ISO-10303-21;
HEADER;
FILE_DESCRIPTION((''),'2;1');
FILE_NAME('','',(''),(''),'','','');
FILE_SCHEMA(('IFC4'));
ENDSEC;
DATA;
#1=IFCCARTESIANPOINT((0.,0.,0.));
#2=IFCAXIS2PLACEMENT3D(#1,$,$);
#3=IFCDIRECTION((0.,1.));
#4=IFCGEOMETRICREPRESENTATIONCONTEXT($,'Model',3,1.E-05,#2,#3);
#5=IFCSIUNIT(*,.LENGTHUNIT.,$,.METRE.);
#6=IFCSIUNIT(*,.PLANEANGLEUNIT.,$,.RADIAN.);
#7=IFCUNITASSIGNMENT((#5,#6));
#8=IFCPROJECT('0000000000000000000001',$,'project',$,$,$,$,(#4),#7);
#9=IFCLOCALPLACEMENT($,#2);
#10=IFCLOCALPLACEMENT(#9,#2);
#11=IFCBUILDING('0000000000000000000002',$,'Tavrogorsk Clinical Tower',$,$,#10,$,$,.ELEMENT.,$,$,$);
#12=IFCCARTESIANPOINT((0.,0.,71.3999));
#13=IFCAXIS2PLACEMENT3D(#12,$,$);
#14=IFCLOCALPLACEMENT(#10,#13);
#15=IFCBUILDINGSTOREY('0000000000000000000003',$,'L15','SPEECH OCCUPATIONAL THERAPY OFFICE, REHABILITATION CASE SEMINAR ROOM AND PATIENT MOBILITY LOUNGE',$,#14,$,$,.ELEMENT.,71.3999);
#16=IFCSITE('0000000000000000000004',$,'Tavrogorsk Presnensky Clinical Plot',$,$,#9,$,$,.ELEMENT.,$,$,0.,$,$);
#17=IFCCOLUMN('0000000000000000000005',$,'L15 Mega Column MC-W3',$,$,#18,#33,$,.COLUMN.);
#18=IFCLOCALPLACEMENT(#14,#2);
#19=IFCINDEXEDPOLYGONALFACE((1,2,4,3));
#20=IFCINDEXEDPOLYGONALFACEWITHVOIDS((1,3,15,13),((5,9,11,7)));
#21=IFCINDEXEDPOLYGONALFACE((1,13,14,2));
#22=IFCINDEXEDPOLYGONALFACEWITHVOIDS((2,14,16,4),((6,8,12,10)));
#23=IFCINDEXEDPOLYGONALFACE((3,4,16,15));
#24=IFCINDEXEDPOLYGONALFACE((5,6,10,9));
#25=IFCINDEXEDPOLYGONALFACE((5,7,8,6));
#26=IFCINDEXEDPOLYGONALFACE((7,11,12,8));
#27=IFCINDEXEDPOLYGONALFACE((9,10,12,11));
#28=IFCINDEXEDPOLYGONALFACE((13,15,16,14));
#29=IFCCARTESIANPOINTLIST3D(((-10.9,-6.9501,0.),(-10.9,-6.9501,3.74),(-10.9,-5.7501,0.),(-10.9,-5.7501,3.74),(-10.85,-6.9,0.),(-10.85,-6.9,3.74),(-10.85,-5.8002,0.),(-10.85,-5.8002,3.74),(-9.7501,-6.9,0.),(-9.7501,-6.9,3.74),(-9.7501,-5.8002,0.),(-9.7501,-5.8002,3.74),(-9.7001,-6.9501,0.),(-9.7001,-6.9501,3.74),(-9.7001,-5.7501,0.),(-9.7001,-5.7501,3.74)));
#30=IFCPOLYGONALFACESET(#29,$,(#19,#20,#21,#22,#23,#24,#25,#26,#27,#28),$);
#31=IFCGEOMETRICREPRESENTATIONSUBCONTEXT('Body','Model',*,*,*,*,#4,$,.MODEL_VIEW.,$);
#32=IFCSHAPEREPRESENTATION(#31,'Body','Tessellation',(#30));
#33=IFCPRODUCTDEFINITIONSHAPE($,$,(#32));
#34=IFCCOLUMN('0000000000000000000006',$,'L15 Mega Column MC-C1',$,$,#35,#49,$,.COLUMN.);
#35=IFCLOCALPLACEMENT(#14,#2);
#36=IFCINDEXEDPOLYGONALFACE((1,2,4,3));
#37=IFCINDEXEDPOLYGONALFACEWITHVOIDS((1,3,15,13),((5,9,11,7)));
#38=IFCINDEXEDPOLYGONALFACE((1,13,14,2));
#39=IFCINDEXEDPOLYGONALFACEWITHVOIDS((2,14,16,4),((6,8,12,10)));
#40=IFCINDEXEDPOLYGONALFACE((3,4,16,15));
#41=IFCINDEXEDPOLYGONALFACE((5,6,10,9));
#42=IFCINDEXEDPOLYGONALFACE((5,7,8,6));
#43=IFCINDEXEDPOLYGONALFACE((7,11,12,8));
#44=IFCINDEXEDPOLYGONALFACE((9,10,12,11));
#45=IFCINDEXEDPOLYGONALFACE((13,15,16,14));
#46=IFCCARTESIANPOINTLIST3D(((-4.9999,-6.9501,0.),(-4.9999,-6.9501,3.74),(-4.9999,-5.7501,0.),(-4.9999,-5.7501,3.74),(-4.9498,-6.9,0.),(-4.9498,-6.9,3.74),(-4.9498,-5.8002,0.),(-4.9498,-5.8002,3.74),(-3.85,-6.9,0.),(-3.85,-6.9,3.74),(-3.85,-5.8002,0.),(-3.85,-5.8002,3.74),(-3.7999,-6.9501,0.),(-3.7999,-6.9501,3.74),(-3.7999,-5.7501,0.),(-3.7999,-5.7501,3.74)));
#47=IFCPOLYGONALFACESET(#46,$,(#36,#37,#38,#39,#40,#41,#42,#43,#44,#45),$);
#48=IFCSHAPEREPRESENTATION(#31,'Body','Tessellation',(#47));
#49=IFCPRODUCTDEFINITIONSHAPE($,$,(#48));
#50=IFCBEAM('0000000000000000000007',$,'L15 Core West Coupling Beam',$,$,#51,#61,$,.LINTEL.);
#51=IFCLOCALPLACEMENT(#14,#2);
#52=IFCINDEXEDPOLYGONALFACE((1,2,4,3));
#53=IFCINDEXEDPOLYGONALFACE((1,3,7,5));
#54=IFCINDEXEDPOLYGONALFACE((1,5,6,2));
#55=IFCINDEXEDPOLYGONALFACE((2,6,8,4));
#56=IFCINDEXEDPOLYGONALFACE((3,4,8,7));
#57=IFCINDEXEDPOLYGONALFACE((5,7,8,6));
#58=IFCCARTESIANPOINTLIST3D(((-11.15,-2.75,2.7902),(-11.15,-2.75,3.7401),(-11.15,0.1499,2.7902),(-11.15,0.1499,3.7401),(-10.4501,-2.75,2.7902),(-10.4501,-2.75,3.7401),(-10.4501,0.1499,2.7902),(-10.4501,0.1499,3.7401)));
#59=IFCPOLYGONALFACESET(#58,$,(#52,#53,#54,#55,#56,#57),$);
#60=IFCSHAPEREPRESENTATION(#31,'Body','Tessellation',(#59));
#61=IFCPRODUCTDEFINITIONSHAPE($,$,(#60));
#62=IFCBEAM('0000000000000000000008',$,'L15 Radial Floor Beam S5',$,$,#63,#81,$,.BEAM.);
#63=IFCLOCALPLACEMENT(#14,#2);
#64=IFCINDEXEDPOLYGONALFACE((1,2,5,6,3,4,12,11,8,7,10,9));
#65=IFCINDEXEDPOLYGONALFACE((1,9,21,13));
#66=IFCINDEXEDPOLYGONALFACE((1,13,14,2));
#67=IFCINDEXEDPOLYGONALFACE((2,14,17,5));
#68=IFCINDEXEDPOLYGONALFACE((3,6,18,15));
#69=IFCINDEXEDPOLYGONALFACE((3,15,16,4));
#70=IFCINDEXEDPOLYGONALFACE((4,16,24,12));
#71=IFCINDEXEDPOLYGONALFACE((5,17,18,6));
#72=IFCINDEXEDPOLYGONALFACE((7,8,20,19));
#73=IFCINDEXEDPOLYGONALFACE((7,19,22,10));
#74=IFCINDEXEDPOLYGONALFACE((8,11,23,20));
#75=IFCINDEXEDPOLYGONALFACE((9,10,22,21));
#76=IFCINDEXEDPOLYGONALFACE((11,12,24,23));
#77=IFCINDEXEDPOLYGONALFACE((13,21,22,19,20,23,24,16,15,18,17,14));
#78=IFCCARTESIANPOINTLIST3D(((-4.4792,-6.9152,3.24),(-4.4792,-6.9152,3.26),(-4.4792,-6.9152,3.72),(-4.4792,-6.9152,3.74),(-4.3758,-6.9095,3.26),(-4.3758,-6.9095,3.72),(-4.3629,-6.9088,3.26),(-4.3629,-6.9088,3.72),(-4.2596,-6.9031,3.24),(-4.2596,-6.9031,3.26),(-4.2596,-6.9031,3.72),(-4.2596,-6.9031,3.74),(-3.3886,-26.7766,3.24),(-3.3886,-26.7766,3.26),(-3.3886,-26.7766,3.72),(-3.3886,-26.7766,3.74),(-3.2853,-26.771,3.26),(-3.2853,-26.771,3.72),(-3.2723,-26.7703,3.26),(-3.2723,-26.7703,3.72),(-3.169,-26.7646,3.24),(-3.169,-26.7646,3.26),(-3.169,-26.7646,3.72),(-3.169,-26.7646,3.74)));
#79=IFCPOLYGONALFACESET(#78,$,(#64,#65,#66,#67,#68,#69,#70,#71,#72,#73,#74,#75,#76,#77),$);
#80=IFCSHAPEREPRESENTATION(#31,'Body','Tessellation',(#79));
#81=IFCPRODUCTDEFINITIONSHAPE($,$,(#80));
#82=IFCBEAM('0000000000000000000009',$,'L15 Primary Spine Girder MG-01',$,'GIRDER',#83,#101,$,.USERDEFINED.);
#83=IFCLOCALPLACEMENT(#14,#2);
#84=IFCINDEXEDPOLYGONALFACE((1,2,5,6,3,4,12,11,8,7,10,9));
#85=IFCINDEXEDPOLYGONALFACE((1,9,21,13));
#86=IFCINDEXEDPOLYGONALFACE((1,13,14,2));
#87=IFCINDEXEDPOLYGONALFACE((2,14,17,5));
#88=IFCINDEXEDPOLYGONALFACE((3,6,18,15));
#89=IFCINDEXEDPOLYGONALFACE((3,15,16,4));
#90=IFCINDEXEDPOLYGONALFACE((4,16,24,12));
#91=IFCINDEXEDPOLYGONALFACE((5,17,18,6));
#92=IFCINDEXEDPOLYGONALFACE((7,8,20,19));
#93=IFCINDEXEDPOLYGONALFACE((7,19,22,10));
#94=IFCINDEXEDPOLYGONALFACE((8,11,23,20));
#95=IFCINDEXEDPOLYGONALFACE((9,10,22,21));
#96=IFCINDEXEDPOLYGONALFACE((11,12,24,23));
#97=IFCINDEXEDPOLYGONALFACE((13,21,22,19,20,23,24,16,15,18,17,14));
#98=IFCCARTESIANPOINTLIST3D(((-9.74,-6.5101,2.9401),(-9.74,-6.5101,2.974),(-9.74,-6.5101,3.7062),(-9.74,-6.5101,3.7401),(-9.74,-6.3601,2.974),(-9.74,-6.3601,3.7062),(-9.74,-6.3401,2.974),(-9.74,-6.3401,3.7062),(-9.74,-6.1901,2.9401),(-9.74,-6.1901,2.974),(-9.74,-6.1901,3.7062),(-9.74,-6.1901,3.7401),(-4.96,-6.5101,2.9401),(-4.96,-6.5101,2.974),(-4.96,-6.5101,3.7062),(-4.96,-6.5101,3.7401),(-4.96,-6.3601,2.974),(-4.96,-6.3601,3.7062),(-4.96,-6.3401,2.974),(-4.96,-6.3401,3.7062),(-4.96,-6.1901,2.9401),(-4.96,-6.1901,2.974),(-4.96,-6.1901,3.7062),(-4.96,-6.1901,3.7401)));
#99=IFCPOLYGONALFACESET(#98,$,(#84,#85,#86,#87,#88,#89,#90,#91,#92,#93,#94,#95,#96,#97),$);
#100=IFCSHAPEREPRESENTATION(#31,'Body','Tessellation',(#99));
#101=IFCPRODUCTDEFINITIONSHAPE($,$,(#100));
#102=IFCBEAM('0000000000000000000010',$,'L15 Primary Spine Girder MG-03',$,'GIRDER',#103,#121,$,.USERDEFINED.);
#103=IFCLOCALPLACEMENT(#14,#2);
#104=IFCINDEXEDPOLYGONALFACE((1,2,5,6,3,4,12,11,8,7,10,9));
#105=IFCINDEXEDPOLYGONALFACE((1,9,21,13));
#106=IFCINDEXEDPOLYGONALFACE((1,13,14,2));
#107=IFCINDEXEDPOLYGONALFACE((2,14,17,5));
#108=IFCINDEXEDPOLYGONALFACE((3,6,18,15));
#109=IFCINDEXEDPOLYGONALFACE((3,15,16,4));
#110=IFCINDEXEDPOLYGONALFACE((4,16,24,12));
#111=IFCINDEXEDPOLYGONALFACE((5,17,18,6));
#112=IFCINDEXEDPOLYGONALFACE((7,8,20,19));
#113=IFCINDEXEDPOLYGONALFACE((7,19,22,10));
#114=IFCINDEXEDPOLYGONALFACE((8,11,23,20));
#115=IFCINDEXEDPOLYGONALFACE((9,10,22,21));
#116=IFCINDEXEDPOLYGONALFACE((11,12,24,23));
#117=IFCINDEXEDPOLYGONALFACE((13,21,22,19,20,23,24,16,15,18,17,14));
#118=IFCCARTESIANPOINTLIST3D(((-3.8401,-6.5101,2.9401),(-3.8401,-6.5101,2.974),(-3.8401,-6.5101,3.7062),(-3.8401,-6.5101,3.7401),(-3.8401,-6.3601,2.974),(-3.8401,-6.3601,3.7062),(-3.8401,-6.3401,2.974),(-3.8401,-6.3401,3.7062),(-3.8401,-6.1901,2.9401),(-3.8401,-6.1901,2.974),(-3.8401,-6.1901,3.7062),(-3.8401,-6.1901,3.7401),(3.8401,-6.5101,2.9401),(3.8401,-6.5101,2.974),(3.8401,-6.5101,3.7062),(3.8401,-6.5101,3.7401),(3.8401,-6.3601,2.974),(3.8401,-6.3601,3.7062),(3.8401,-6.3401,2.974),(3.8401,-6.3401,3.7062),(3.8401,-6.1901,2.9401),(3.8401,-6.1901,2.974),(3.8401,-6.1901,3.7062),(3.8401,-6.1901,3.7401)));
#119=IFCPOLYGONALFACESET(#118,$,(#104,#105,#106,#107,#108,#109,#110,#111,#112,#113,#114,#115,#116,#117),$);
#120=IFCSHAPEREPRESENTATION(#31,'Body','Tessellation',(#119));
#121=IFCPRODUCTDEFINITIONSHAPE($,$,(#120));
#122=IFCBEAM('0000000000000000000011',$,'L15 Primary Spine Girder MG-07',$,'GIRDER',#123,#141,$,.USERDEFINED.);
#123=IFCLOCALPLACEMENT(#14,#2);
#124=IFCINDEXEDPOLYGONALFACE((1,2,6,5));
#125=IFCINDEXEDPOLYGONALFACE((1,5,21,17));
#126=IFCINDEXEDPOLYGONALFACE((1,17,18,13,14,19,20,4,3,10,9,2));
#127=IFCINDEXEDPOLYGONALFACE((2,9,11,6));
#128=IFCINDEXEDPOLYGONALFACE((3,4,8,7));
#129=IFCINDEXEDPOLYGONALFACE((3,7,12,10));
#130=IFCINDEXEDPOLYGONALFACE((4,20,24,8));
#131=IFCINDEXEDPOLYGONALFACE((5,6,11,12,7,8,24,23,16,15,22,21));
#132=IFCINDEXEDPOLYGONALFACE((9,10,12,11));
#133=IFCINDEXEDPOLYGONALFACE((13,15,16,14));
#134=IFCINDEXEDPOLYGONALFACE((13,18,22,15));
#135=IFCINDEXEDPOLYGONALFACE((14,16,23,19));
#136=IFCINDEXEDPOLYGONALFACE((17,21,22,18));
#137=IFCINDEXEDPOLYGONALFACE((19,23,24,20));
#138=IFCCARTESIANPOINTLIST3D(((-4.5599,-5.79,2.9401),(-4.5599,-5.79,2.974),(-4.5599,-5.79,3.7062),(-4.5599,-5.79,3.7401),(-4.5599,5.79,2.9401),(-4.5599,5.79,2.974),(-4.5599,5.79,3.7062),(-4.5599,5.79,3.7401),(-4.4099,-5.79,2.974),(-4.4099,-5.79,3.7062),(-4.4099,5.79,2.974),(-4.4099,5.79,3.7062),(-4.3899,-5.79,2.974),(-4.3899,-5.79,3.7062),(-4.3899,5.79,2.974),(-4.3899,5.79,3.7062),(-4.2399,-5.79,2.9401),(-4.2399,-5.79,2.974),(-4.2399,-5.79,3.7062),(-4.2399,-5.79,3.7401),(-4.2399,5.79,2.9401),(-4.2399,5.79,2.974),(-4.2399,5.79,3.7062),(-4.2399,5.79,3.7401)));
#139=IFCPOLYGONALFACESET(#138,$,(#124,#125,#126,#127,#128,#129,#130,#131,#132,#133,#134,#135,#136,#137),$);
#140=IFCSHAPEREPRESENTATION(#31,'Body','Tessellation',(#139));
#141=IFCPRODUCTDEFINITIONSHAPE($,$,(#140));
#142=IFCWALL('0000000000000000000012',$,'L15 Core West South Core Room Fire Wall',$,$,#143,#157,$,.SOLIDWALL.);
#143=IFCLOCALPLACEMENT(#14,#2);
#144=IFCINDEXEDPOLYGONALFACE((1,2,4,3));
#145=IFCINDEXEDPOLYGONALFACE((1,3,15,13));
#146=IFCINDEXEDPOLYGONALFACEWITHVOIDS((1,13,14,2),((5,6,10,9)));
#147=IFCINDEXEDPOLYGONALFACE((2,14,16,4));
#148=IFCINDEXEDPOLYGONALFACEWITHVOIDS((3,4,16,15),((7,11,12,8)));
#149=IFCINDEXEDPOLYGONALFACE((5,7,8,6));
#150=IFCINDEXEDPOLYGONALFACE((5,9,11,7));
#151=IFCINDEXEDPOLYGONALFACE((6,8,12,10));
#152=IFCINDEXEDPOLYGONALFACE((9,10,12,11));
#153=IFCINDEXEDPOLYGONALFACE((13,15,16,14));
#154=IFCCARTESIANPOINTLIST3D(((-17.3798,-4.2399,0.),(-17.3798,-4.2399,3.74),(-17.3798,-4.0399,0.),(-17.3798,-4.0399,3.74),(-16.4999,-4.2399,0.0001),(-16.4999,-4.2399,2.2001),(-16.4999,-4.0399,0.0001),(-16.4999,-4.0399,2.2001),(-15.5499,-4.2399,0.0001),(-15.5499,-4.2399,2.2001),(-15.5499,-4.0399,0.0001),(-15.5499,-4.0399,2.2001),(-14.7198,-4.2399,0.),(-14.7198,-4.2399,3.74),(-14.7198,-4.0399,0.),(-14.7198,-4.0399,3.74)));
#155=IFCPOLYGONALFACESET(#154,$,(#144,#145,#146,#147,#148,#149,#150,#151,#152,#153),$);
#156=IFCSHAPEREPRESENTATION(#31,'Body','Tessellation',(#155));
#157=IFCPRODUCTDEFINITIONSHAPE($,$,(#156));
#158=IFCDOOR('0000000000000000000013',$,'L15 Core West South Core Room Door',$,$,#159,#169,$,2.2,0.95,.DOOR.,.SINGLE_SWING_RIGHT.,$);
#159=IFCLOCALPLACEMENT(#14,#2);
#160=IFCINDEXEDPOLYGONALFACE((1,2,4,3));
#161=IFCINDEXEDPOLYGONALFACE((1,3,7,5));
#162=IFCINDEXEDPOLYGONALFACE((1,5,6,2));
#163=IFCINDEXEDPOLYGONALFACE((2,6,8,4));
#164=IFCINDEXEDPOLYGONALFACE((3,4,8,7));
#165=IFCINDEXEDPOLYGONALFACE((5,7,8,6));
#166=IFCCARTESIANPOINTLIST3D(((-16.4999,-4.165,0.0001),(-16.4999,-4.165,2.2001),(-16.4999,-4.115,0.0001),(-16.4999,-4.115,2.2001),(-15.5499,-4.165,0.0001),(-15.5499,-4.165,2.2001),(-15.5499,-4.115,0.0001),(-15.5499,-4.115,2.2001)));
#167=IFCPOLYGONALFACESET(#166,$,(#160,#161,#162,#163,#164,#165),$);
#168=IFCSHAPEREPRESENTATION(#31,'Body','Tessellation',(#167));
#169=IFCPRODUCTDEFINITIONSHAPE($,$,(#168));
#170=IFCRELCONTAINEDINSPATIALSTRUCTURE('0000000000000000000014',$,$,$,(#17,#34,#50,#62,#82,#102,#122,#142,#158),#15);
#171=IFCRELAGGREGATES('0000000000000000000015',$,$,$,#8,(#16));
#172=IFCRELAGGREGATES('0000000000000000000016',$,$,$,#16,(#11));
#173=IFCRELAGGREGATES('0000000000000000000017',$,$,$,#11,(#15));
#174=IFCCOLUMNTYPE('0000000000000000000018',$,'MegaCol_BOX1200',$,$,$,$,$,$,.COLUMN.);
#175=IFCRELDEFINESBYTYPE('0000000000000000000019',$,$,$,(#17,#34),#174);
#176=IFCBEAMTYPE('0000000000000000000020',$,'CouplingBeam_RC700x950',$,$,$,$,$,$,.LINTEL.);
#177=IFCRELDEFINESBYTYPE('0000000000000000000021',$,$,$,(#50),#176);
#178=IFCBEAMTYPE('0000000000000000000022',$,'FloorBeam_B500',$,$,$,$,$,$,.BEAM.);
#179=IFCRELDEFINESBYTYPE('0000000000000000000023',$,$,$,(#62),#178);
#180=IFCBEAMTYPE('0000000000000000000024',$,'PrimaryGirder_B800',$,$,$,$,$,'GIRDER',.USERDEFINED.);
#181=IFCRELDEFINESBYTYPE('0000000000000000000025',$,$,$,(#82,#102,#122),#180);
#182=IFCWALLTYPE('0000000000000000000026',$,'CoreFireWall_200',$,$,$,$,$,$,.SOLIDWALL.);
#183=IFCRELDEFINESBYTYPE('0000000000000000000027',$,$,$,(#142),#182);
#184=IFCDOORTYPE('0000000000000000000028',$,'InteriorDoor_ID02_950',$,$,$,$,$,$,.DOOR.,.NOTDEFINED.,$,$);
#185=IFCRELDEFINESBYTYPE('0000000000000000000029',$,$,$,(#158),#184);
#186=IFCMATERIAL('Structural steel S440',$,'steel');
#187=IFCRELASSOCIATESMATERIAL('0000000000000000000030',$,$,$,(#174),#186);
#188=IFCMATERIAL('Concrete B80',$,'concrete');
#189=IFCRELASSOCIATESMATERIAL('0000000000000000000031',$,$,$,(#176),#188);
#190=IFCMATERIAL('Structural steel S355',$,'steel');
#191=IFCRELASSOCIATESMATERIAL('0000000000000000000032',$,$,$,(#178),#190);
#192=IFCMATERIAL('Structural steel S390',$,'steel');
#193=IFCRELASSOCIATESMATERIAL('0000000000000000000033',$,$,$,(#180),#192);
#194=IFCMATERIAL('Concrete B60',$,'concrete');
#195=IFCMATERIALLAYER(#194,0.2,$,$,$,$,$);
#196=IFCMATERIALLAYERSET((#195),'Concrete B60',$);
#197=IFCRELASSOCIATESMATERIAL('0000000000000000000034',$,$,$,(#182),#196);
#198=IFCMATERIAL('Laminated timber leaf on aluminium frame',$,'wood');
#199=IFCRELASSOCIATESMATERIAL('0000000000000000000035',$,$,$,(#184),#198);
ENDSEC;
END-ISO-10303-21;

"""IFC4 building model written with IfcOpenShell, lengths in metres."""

from ifc_helpers import new_model, si_unit, direction, frame, frame_2d, origin, origin_2d, place, context, subcontext, project, spatial, rectangle, hollow_rectangle, i_section, extrude, material, layer, layer_set, material_profile, profile_set, type_object, element, fill, save


model = new_model("IFC4")

# Units and contexts
model_context = context("Model", 3, precision=1e-05, world=origin(), true_north=direction((0.0, 1.0)))
body_context = subcontext(model_context, "Body", "Model", "MODEL_VIEW")
ifc_project = project(units=[si_unit("LENGTHUNIT", "METRE"), si_unit("PLANEANGLEUNIT", "RADIAN")], contexts=[model_context])

# Site, building, storey
site_placement = place(None, origin())
site = spatial("IfcSite", under=ifc_project, at=site_placement, Name="Tavrogorsk Presnensky Clinical Plot", CompositionType="ELEMENT", RefElevation=0.0)
building_placement = place(site_placement, origin())
building = spatial("IfcBuilding", under=site, at=building_placement, Name="Tavrogorsk Clinical Tower", CompositionType="ELEMENT")
storey_placement = place(building_placement, frame((0.0, 0.0, 71.3999)))
storey = spatial("IfcBuildingStorey", under=building, at=storey_placement, Name="L15", Description="SPEECH OCCUPATIONAL THERAPY OFFICE, REHABILITATION CASE SEMINAR ROOM AND PATIENT MOBILITY LOUNGE", CompositionType="ELEMENT", Elevation=71.3999)

# Columns
ifc_material_1 = material(Name="Structural steel S440", Category="steel")
ifc_material_profile_1 = material_profile(ifc_material_1, hollow_rectangle(XDim=1.2, YDim=1.2, WallThickness=0.05, at=origin_2d()), Name="BOX-1200x1200x50")
ifc_profile_set_1 = profile_set([ifc_material_profile_1], Name="Structural steel S440")
column_type = type_object("IfcColumnType", Name="MegaCol_BOX1200", PredefinedType="COLUMN", material=ifc_profile_set_1)
for number, where, z_axis, x_axis, name in (
    (1, (-10.3, -6.3501, 0.0), (0.0, 0.0, 1.0), (1.0, 0.0, 0.0), "L15 Mega Column MC-W3"),
    (2, (-4.3999, -6.3501, 0.0), (0.0, 0.0, 1.0), (1.0, 0.0, 0.0), "L15 Mega Column MC-C1"),
):
    element("IfcColumn", number, at=place(storey_placement, frame(where, z_axis=z_axis, x_axis=x_axis)), inside=storey, type_object=column_type, Name=name, PredefinedType="COLUMN", context=body_context, shape_type="SweptSolid", body=[
        extrude(hollow_rectangle(XDim=1.2, YDim=1.2, WallThickness=0.05, at=origin_2d()), origin(), (0.0, 0.0, 1.0), 3.74),
    ])

# Beams
ifc_material_2 = material(Name="Concrete B80", Category="concrete")
ifc_material_profile_2 = material_profile(ifc_material_2, rectangle(XDim=0.7, YDim=0.95, at=origin_2d()), Name="RC-CB-700x950")
ifc_profile_set_2 = profile_set([ifc_material_profile_2], Name="Concrete B80")
beam_type_1 = type_object("IfcBeamType", Name="CouplingBeam_RC700x950", PredefinedType="LINTEL", material=ifc_profile_set_2)
beam_1_placement = place(storey_placement, frame((-10.8, -2.75, 3.2651), z_axis=(0.0, 1.0, 0.0), x_axis=(-1.0, 0.0, 0.0)))
element("IfcBeam", 3, at=beam_1_placement, inside=storey, type_object=beam_type_1, Name="L15 Core West Coupling Beam", PredefinedType="LINTEL", context=body_context, shape_type="SweptSolid", body=[
    extrude(rectangle(XDim=0.7, YDim=0.95, at=origin_2d()), origin(), (0.0, 0.0, 1.0), 2.8999),
])
ifc_material_3 = material(Name="Structural steel S355", Category="steel")
ifc_material_profile_3 = material_profile(ifc_material_3, i_section(OverallWidth=0.22, OverallDepth=0.5, WebThickness=0.0129, FlangeThickness=0.02, at=origin_2d()), Name="B-500x220x13x20")
ifc_profile_set_3 = profile_set([ifc_material_profile_3], Name="Structural steel S355")
beam_type_2 = type_object("IfcBeamType", Name="FloorBeam_B500", PredefinedType="BEAM", material=ifc_profile_set_3)
beam_2_placement = place(storey_placement, frame((-4.3694, -6.9092, 3.49), z_axis=(0.054827, -0.998496, 0.0), x_axis=(0.998496, 0.054827, 0.0)))
element("IfcBeam", 4, at=beam_2_placement, inside=storey, type_object=beam_type_2, Name="L15 Radial Floor Beam S5", PredefinedType="BEAM", context=body_context, shape_type="SweptSolid", body=[
    extrude(i_section(OverallWidth=0.22, OverallDepth=0.5, WebThickness=0.0129, FlangeThickness=0.02, at=origin_2d()), origin(), (0.0, 0.0, 1.0), 19.8914),
])
ifc_material_4 = material(Name="Structural steel S390", Category="steel")
ifc_material_profile_4 = material_profile(ifc_material_4, i_section(OverallWidth=0.3201, OverallDepth=0.8, WebThickness=0.02, FlangeThickness=0.0339, at=origin_2d()), Name="B-800x320x20x34")
ifc_profile_set_4 = profile_set([ifc_material_profile_4], Name="Structural steel S390")
beam_type_3 = type_object("IfcBeamType", Name="PrimaryGirder_B800", ElementType="GIRDER", PredefinedType="USERDEFINED", material=ifc_profile_set_4)
beam_3_placement = place(storey_placement, frame((-9.74, -6.3501, 3.3401), z_axis=(1.0, 0.0, 0.0), x_axis=(0.0, 1.0, 0.0)))
element("IfcBeam", 5, at=beam_3_placement, inside=storey, type_object=beam_type_3, Name="L15 Primary Spine Girder MG-01", ObjectType="GIRDER", PredefinedType="USERDEFINED", context=body_context, shape_type="SweptSolid", body=[
    extrude(i_section(OverallWidth=0.3201, OverallDepth=0.8, WebThickness=0.02, FlangeThickness=0.0339, at=origin_2d()), origin(), (0.0, 0.0, 1.0), 4.78),
])
beam_4_placement = place(storey_placement, frame((-3.8401, -6.3501, 3.3401), z_axis=(1.0, 0.0, 0.0), x_axis=(0.0, 1.0, 0.0)))
element("IfcBeam", 6, at=beam_4_placement, inside=storey, type_object=beam_type_3, Name="L15 Primary Spine Girder MG-03", ObjectType="GIRDER", PredefinedType="USERDEFINED", context=body_context, shape_type="SweptSolid", body=[
    extrude(i_section(OverallWidth=0.3201, OverallDepth=0.8, WebThickness=0.02, FlangeThickness=0.0339, at=origin_2d()), origin(), (0.0, 0.0, 1.0), 7.6802),
])
beam_5_placement = place(storey_placement, frame((-4.3999, -5.79, 3.3401), z_axis=(0.0, 1.0, 0.0), x_axis=(-1.0, 0.0, 0.0)))
element("IfcBeam", 7, at=beam_5_placement, inside=storey, type_object=beam_type_3, Name="L15 Primary Spine Girder MG-07", ObjectType="GIRDER", PredefinedType="USERDEFINED", context=body_context, shape_type="SweptSolid", body=[
    extrude(i_section(OverallWidth=0.3201, OverallDepth=0.8, WebThickness=0.02, FlangeThickness=0.0339, at=origin_2d()), origin(), (0.0, 0.0, 1.0), 11.5801),
])

# Wall, opening, door
ifc_material_5 = material(Name="Concrete B60", Category="concrete")
ifc_layer_1 = layer(ifc_material_5, 0.2)
ifc_layer_set_1 = layer_set([ifc_layer_1], Name="Concrete B60")
wall_type_1 = type_object("IfcWallType", Name="CoreFireWall_200", PredefinedType="SOLIDWALL", material=ifc_layer_set_1)
wall_1_placement = place(storey_placement, frame((-17.3799, -4.1399, 0.0), z_axis=(0.0, 0.0, 1.0), x_axis=(1.0, 0.0, 0.0)))
wall_1 = element("IfcWall", 8, at=wall_1_placement, inside=storey, type_object=wall_type_1, Name="L15 Core West South Core Room Fire Wall", PredefinedType="SOLIDWALL", context=body_context, shape_type="SweptSolid", body=[
    extrude(rectangle(XDim=2.6599, YDim=0.2, at=frame_2d((1.3301, 0.0))), origin(), (0.0, 0.0, 1.0), 3.74),
])
opening_1_placement = place(wall_1_placement, frame((0.8799, 0.0, 0.0)))
opening_1 = element("IfcOpeningElement", 9, at=opening_1_placement, cuts=wall_1, PredefinedType="OPENING", context=body_context, shape_type="SweptSolid", body=[
    extrude(rectangle(XDim=0.95, YDim=2.2, at=frame_2d((0.4751, 1.1001))), frame((0.0, 0.1099, 0.0), z_axis=(0.0, -1.0, 0.0), x_axis=(1.0, 0.0, 0.0)), (0.0, 0.0, 1.0), 0.22),
])
ifc_material_6 = material(Name="Laminated timber leaf on aluminium frame", Category="wood")
door_type_1 = type_object("IfcDoorType", Name="InteriorDoor_ID02_950", OperationType="NOTDEFINED", PredefinedType="DOOR", material=ifc_material_6)
door_1_placement = place(opening_1_placement, origin())
door_1 = element("IfcDoor", 10, at=door_1_placement, inside=storey, type_object=door_type_1, Name="L15 Core West South Core Room Door", OperationType="SINGLE_SWING_RIGHT", OverallHeight=2.2, OverallWidth=0.95, PredefinedType="DOOR", context=body_context, shape_type="SweptSolid", body=[
    extrude(rectangle(XDim=0.95, YDim=2.2, at=frame_2d((0.4751, 1.1001))), frame((0.0, 0.0249, 0.0), z_axis=(0.0, -1.0, 0.0), x_axis=(1.0, 0.0, 0.0)), (0.0, 0.0, 1.0), 0.05),
])
fill(opening_1, door_1)

save(model, "model.ifc")
